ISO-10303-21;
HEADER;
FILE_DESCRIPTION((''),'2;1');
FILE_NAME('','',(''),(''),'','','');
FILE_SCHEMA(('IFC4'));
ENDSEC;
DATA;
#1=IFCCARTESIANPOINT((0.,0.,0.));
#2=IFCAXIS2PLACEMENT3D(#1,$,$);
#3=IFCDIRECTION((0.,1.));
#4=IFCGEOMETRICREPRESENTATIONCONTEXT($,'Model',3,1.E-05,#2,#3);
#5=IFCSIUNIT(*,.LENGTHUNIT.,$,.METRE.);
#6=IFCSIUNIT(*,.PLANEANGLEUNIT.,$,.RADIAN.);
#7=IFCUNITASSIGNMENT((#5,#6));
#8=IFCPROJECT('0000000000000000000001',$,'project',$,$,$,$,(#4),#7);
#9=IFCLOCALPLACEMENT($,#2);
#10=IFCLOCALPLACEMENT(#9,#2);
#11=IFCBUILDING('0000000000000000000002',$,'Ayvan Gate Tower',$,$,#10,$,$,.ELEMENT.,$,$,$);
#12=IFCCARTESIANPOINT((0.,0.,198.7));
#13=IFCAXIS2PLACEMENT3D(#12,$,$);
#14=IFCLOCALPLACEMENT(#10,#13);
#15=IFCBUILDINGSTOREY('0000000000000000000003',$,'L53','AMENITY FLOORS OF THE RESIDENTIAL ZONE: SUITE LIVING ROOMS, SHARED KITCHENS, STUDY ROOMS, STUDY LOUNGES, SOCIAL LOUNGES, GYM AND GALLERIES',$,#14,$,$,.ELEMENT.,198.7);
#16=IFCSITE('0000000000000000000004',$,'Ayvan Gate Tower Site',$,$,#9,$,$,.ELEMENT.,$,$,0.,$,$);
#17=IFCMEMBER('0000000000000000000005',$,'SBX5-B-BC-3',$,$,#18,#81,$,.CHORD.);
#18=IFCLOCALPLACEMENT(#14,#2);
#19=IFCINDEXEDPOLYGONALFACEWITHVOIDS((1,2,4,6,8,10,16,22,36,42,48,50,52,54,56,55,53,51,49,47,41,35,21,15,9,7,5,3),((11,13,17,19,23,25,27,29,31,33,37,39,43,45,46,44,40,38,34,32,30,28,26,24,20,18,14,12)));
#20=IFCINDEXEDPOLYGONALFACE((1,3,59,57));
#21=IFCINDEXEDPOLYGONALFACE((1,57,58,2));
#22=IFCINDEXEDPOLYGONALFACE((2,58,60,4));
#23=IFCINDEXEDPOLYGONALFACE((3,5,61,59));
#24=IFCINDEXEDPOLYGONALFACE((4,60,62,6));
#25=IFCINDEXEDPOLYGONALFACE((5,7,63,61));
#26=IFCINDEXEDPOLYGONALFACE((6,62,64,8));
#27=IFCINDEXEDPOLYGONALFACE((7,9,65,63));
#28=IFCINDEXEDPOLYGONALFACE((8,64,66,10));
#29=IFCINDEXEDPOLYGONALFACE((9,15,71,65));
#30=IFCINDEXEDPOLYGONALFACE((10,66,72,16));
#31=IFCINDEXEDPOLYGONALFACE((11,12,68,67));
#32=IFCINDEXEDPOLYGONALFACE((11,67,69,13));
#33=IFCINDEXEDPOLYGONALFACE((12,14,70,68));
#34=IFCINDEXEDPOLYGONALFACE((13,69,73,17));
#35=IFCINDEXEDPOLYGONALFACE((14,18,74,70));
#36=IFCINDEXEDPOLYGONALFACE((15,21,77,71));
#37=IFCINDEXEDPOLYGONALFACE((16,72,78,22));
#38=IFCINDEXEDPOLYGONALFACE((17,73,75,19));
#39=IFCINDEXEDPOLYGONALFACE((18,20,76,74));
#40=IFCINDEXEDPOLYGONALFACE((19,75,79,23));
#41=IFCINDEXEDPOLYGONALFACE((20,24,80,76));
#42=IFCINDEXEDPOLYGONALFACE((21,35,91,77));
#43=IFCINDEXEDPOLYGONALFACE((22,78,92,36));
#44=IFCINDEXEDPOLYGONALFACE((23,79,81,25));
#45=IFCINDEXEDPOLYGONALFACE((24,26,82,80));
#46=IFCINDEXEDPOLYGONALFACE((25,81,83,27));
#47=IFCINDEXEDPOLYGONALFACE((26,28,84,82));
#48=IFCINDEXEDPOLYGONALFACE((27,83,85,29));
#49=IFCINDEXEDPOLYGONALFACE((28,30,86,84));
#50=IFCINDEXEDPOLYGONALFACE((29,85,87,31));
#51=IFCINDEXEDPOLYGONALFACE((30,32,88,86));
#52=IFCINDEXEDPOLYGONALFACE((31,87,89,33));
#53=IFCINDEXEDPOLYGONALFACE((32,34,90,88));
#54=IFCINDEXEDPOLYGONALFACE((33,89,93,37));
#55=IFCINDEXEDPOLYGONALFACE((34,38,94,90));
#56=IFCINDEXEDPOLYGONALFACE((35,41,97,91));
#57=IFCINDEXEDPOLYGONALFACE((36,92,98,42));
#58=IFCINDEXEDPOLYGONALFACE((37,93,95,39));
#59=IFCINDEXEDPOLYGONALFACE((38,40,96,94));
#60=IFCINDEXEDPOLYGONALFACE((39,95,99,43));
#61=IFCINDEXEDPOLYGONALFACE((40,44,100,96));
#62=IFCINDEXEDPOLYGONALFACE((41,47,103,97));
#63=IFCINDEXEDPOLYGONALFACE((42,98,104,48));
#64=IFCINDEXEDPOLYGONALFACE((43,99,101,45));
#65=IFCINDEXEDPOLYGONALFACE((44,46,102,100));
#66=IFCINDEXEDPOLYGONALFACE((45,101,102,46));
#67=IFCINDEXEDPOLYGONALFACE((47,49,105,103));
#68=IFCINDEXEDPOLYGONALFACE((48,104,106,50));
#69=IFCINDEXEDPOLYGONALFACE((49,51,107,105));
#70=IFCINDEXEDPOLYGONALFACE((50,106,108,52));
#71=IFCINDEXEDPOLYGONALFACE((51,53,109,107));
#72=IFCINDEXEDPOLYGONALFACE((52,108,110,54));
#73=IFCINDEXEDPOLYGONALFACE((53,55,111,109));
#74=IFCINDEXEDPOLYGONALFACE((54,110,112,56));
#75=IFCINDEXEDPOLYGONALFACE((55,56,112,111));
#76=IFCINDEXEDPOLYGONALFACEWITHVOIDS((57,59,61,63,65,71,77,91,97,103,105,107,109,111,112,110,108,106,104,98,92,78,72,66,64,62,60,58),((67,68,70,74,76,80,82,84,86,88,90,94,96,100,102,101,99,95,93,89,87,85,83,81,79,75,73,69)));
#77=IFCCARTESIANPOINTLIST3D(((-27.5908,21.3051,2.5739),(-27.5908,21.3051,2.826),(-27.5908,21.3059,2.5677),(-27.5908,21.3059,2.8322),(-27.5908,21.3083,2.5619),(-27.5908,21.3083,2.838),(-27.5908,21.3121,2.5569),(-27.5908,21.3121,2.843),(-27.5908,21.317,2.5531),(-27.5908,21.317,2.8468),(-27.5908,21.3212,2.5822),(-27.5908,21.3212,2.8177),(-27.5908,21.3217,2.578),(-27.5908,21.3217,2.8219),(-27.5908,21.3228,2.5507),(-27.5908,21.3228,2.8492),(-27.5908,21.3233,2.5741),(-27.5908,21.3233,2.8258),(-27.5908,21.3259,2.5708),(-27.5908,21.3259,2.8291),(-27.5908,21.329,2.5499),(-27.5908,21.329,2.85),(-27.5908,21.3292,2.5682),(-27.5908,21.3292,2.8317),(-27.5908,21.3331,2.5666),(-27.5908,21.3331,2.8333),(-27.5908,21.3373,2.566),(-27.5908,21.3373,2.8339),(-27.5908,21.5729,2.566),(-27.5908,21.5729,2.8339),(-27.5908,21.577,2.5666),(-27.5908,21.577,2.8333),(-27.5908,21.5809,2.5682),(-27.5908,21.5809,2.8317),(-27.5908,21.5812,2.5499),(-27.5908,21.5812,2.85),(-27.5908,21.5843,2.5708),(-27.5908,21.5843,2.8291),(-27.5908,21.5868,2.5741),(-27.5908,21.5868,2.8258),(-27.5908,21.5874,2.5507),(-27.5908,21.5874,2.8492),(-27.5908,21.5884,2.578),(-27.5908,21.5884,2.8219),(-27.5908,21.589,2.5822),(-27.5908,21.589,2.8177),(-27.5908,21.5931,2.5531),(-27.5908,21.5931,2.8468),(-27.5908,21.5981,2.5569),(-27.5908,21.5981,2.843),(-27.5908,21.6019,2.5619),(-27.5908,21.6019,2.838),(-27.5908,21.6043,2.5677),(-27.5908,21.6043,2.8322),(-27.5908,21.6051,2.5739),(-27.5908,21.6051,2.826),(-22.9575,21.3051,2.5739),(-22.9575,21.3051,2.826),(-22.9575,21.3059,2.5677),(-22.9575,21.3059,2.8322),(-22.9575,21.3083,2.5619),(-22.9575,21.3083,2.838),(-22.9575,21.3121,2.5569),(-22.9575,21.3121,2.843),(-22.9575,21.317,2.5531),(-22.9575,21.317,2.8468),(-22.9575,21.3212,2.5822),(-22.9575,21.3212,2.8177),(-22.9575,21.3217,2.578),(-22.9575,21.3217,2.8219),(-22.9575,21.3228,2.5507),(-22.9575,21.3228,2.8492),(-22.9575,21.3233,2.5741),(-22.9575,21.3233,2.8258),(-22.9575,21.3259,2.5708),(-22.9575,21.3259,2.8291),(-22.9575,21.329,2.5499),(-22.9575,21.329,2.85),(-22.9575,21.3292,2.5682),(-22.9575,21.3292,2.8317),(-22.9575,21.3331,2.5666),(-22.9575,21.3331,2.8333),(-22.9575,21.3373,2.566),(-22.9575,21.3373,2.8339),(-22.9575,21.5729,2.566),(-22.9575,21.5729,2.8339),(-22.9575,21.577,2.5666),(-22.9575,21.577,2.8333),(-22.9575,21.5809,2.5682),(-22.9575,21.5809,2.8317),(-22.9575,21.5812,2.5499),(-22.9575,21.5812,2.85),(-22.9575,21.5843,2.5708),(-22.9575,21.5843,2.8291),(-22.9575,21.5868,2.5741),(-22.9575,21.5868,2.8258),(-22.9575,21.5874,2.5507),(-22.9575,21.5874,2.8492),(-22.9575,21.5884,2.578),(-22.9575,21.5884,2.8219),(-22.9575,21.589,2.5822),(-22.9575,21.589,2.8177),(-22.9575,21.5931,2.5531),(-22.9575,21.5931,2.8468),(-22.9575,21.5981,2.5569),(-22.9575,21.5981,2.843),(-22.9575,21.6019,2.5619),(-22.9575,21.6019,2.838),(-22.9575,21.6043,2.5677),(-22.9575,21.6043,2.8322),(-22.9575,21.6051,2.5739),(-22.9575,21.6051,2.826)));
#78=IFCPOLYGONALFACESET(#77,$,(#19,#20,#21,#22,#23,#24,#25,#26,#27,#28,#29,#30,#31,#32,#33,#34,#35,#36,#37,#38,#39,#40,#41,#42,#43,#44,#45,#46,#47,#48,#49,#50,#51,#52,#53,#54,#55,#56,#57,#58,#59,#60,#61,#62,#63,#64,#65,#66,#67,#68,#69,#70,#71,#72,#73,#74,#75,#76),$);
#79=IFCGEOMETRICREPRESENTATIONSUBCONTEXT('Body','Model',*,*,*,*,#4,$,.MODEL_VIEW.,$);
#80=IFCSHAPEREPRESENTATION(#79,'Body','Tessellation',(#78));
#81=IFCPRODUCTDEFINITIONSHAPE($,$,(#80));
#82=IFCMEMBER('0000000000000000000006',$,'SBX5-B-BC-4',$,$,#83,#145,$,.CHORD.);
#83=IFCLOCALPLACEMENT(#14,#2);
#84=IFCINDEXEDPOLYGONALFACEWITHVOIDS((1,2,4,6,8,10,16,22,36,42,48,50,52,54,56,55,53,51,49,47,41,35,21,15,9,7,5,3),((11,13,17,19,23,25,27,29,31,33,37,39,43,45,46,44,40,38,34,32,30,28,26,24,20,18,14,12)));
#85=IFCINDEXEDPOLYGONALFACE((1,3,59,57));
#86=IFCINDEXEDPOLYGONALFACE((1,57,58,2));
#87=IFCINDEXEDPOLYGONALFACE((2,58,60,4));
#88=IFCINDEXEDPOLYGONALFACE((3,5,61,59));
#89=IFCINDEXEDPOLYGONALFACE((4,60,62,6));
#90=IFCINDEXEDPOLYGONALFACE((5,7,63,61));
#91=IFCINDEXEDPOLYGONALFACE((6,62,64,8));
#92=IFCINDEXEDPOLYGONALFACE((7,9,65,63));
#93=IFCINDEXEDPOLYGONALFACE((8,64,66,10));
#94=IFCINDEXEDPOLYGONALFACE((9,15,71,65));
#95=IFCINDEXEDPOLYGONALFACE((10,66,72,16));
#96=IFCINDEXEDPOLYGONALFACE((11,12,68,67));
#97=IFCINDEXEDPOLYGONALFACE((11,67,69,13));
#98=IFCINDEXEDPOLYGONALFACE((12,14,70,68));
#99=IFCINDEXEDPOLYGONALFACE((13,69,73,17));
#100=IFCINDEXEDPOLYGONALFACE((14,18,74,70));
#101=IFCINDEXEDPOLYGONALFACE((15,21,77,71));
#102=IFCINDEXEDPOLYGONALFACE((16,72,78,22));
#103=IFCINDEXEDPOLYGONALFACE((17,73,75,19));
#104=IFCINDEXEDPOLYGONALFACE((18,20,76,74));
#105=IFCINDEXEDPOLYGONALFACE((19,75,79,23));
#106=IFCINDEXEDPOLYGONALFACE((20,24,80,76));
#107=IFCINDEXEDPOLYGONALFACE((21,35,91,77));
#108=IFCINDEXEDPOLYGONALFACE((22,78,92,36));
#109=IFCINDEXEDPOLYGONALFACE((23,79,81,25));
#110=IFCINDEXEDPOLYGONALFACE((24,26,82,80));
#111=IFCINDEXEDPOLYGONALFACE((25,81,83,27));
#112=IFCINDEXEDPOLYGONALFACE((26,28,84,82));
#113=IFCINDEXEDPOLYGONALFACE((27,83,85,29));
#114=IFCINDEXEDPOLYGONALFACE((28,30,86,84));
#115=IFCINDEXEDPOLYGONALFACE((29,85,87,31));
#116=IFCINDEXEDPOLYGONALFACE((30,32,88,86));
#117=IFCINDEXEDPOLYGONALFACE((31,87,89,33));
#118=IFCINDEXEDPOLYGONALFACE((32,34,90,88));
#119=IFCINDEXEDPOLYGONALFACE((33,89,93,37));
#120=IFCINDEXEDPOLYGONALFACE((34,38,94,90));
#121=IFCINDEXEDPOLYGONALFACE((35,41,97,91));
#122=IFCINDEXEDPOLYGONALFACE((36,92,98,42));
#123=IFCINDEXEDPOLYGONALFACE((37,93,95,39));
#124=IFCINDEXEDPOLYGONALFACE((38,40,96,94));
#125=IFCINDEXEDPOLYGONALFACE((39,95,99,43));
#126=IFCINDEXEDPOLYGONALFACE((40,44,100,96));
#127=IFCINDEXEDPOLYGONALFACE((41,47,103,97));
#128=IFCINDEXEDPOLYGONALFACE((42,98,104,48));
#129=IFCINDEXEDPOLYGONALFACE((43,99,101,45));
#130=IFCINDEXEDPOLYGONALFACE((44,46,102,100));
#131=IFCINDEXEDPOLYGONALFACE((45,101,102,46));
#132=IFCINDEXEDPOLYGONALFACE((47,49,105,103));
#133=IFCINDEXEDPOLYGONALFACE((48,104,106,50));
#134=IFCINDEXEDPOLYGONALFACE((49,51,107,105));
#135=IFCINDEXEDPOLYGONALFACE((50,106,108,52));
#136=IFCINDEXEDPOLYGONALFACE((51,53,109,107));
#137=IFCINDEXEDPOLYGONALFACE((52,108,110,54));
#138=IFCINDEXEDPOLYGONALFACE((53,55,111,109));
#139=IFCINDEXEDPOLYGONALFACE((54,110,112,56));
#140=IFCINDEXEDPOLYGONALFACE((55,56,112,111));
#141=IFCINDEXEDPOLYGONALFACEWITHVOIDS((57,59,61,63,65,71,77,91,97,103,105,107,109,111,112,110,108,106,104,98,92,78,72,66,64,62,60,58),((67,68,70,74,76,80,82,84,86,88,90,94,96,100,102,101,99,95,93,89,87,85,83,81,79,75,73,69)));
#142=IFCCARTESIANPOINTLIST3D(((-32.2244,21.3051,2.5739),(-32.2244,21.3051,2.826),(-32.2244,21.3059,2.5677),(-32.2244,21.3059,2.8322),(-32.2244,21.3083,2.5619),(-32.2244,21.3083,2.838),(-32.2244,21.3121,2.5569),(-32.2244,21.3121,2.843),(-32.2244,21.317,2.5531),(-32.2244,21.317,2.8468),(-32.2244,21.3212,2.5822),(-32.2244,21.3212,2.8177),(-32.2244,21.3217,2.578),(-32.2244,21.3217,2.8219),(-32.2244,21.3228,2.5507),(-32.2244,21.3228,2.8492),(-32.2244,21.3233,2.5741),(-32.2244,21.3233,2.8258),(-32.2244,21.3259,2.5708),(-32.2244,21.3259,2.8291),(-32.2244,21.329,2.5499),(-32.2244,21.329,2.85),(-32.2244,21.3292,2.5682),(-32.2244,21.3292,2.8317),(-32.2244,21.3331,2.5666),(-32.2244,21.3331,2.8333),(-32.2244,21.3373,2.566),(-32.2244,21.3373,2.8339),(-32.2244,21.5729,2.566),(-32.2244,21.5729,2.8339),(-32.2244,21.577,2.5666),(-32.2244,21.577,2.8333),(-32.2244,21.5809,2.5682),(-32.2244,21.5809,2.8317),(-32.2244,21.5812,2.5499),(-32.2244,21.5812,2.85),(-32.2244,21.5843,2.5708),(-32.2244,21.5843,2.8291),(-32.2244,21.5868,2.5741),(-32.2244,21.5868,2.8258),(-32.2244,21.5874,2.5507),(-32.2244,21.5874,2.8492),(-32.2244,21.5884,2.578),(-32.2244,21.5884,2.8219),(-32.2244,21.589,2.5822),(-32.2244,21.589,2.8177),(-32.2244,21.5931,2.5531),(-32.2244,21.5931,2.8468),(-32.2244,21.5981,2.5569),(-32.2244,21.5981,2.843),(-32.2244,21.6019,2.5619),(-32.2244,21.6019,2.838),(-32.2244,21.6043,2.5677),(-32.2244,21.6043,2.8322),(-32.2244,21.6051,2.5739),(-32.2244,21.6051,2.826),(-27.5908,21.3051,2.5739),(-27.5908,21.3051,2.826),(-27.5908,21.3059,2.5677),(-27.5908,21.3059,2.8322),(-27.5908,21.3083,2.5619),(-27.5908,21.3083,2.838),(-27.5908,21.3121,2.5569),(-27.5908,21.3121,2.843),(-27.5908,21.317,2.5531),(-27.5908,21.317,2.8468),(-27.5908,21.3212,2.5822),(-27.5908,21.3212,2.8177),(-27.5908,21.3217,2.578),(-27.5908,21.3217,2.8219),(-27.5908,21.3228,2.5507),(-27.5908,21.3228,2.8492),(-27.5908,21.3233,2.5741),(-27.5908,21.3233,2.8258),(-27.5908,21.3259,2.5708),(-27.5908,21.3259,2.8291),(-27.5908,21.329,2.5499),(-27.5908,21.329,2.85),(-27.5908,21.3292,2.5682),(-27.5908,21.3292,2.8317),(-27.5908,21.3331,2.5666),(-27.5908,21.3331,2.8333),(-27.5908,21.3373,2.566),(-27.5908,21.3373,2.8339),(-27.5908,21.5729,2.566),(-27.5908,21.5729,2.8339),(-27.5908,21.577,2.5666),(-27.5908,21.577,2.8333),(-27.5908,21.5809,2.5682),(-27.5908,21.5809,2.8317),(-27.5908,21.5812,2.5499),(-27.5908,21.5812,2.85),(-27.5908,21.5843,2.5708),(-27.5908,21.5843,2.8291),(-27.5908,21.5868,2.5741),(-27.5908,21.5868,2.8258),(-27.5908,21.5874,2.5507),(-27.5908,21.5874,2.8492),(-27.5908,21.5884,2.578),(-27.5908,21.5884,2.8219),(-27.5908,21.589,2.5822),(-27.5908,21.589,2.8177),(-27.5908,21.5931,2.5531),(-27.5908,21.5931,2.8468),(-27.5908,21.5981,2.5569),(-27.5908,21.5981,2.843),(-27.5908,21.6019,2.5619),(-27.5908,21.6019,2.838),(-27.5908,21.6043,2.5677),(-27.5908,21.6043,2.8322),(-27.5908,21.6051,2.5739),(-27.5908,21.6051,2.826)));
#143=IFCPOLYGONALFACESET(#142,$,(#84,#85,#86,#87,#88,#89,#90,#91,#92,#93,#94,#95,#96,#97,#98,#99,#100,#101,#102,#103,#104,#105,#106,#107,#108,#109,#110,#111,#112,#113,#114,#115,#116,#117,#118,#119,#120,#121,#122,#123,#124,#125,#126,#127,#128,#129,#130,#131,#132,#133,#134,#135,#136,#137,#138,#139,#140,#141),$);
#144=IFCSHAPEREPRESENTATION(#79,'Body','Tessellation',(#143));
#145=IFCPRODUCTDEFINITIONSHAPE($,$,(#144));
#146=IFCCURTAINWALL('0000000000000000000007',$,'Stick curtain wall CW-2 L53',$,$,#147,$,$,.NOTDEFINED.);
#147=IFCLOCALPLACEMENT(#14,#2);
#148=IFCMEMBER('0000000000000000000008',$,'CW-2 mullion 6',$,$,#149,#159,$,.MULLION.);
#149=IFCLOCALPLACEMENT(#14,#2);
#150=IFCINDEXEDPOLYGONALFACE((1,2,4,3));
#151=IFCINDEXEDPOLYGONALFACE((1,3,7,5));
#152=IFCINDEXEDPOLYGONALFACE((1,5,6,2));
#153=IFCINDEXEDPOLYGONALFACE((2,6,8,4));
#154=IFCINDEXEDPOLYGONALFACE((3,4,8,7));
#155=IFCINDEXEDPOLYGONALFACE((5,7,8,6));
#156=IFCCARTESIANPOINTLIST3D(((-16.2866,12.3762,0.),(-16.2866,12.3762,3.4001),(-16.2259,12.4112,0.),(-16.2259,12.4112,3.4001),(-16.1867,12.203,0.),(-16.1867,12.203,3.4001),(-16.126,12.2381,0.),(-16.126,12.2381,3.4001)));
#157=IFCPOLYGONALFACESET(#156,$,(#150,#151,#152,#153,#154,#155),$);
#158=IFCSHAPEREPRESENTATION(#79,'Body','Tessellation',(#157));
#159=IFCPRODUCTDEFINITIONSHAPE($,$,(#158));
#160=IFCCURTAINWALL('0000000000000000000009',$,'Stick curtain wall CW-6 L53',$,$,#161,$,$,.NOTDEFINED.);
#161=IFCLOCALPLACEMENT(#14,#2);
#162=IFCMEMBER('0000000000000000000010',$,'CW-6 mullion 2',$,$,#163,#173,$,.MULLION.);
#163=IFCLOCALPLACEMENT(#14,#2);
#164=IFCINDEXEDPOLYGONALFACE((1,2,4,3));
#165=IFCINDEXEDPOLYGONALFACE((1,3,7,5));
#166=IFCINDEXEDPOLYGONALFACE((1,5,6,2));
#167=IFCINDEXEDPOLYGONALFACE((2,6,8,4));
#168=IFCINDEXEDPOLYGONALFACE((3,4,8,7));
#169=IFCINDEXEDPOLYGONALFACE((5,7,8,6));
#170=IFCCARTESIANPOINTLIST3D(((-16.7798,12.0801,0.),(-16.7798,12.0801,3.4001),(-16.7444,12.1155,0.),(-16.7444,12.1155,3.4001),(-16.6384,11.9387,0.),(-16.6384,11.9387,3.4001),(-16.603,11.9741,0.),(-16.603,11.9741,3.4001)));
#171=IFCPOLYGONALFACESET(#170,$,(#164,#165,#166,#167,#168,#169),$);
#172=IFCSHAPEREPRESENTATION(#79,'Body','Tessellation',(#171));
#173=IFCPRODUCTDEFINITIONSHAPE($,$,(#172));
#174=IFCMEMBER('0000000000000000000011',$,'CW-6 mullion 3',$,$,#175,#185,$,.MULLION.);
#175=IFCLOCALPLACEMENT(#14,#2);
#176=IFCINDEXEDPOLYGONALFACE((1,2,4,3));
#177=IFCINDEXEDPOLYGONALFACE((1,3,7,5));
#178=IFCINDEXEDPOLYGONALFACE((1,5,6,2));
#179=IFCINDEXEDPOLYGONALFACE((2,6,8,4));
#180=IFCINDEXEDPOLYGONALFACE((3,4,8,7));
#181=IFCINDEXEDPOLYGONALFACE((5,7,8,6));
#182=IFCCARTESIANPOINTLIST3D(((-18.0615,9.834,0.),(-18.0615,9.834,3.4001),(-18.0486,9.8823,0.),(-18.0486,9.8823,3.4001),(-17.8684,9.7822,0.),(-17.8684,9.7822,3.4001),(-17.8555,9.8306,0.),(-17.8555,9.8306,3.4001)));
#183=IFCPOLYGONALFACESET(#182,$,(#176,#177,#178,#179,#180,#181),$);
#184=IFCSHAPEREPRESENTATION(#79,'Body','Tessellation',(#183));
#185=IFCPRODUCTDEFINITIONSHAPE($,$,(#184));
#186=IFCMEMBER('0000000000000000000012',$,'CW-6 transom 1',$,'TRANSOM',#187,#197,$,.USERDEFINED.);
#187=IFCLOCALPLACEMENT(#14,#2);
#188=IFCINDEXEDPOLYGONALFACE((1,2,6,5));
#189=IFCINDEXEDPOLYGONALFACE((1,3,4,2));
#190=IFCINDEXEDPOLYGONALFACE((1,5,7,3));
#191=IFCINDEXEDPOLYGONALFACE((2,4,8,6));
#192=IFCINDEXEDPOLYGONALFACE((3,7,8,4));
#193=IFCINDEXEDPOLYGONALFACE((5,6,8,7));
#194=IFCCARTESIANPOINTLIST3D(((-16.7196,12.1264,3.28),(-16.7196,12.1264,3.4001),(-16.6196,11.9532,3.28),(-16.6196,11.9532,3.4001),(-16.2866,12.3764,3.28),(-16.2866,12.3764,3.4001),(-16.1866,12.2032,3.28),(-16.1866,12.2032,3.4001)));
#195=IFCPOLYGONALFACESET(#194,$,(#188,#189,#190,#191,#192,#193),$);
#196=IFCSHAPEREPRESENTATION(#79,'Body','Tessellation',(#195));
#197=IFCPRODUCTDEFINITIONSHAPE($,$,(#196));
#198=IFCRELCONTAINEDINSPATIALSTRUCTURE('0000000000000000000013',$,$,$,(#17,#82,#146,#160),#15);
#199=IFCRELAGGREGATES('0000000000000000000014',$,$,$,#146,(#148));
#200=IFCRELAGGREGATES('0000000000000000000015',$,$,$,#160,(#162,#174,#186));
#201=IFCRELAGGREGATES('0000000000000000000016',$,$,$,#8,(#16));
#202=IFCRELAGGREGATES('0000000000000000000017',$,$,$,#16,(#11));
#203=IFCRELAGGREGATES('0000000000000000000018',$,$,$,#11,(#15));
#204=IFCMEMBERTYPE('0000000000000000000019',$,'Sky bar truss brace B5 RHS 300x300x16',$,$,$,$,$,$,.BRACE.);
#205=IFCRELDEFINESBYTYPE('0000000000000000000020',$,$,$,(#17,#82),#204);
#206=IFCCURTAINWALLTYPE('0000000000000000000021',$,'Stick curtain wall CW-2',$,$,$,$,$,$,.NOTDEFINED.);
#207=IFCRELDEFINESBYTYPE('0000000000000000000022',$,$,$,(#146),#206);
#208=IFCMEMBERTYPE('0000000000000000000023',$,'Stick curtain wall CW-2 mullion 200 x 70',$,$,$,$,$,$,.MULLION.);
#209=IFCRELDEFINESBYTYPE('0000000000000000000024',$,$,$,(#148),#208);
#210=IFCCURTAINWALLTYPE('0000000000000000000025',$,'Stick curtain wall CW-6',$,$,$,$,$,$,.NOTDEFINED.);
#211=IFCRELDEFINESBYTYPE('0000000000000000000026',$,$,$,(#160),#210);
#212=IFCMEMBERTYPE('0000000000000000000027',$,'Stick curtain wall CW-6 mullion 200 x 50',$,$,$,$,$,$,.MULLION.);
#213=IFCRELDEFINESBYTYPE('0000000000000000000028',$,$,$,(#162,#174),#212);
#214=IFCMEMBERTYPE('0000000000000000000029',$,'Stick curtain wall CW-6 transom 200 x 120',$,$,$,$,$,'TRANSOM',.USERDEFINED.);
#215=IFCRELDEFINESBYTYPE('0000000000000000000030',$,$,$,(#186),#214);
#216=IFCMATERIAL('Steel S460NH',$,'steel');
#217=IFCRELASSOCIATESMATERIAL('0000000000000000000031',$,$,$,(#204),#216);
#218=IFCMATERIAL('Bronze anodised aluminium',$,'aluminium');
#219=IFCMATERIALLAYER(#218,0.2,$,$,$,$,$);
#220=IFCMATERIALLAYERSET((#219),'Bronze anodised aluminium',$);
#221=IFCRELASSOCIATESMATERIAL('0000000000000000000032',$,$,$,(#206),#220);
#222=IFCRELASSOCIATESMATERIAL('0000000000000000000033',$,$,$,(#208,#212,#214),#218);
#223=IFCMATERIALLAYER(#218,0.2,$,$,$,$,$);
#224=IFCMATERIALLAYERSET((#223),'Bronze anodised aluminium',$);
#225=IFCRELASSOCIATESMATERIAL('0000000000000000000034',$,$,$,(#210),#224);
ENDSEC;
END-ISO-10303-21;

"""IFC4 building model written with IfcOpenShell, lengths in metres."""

from ifc_helpers import new_model, si_unit, direction, frame, origin, origin_2d, place, context, subcontext, project, spatial, rectangle, hollow_rectangle, extrude, material, layer, layer_set, material_profile, profile_set, type_object, element, aggregate, save


model = new_model("IFC4")

# Units and contexts
model_context = context("Model", 3, precision=1e-05, world=origin(), true_north=direction((0.0, 1.0)))
body_context = subcontext(model_context, "Body", "Model", "MODEL_VIEW")
ifc_project = project(units=[si_unit("LENGTHUNIT", "METRE"), si_unit("PLANEANGLEUNIT", "RADIAN")], contexts=[model_context])

# Site, building, storey
site_placement = place(None, origin())
site = spatial("IfcSite", under=ifc_project, at=site_placement, Name="Ayvan Gate Tower Site", CompositionType="ELEMENT", RefElevation=0.0)
building_placement = place(site_placement, origin())
building = spatial("IfcBuilding", under=site, at=building_placement, Name="Ayvan Gate Tower", CompositionType="ELEMENT")
storey_placement = place(building_placement, frame((0.0, 0.0, 198.7)))
storey = spatial("IfcBuildingStorey", under=building, at=storey_placement, Name="L53", Description="AMENITY FLOORS OF THE RESIDENTIAL ZONE: SUITE LIVING ROOMS, SHARED KITCHENS, STUDY ROOMS, STUDY LOUNGES, SOCIAL LOUNGES, GYM AND GALLERIES", CompositionType="ELEMENT", Elevation=198.7)

# Members
ifc_material_1 = material(Name="Steel S460NH", Category="steel")
ifc_material_profile_1 = material_profile(ifc_material_1, hollow_rectangle(XDim=0.3, YDim=0.3, WallThickness=0.0161, InnerFilletRadius=0.0161, OuterFilletRadius=0.0239, at=origin_2d()), Name="RHS 300x300x16")
ifc_profile_set_1 = profile_set([ifc_material_profile_1], Name="Steel S460NH")
member_type_1 = type_object("IfcMemberType", Name="Sky bar truss brace B5 RHS 300x300x16", PredefinedType="BRACE", material=ifc_profile_set_1)
for number, where, z_axis, x_axis, name in (
    (1, (-22.9575, 21.4551, 2.7), (-1.0, 0.0, 0.0), (0.0, -1.0, 0.0), "SBX5-B-BC-3"),
):
    element("IfcMember", number, at=place(storey_placement, frame(where, z_axis=z_axis, x_axis=x_axis)), inside=storey, type_object=member_type_1, Name=name, PredefinedType="CHORD", context=body_context, shape_type="SweptSolid", body=[
        extrude(hollow_rectangle(XDim=0.3, YDim=0.3, WallThickness=0.0161, InnerFilletRadius=0.0161, OuterFilletRadius=0.0239, at=origin_2d()), origin(), (0.0, 0.0, 1.0), 4.6333),
    ])
member_1_placement = place(storey_placement, frame((-27.5908, 21.4551, 2.7), z_axis=(-1.0, 0.0, 0.0), x_axis=(0.0, -1.0, 0.0)))
element("IfcMember", 2, at=member_1_placement, inside=storey, type_object=member_type_1, Name="SBX5-B-BC-4", PredefinedType="CHORD", context=body_context, shape_type="SweptSolid", body=[
    extrude(hollow_rectangle(XDim=0.3, YDim=0.3, WallThickness=0.0161, InnerFilletRadius=0.0161, OuterFilletRadius=0.0239, at=origin_2d()), origin(), (0.0, 0.0, 1.0), 4.6335),
])

# Curtain wall, member
ifc_material_2 = material(Name="Bronze anodised aluminium", Category="aluminium")
ifc_layer_1 = layer(ifc_material_2, 0.2)
ifc_layer_set_1 = layer_set([ifc_layer_1], Name="Bronze anodised aluminium")
curtain_wall_type_1 = type_object("IfcCurtainWallType", Name="Stick curtain wall CW-2", PredefinedType="NOTDEFINED", material=ifc_layer_set_1)
curtain_wall_1_placement = place(storey_placement, origin())
curtain_wall_1 = element("IfcCurtainWall", 3, at=curtain_wall_1_placement, inside=storey, type_object=curtain_wall_type_1, Name="Stick curtain wall CW-2 L53", PredefinedType="NOTDEFINED")
ifc_material_profile_2 = material_profile(ifc_material_2, rectangle(XDim=0.2, YDim=0.0701, at=origin_2d()), Name="Stick curtain wall CW-2 mullion 200 x 70")
ifc_profile_set_2 = profile_set([ifc_material_profile_2], Name="Bronze anodised aluminium")
member_type_2 = type_object("IfcMemberType", Name="Stick curtain wall CW-2 mullion 200 x 70", PredefinedType="MULLION", material=ifc_profile_set_2)
member_2_placement = place(storey_placement, frame((-16.2063, 12.3071, 0.0), z_axis=(0.0, 0.0, 1.0), x_axis=(-0.5, 0.866025, 0.0)))
member_2 = element("IfcMember", 4, at=member_2_placement, type_object=member_type_2, Name="CW-2 mullion 6", PredefinedType="MULLION", context=body_context, shape_type="SweptSolid", body=[
    extrude(rectangle(XDim=0.2, YDim=0.0701, at=origin_2d()), origin(), (0.0, 0.0, 1.0), 3.4001),
])

# Curtain wall, members
ifc_layer_2 = layer(ifc_material_2, 0.2)
ifc_layer_set_2 = layer_set([ifc_layer_2], Name="Bronze anodised aluminium")
curtain_wall_type_2 = type_object("IfcCurtainWallType", Name="Stick curtain wall CW-6", PredefinedType="NOTDEFINED", material=ifc_layer_set_2)
curtain_wall_2_placement = place(storey_placement, origin())
curtain_wall_2 = element("IfcCurtainWall", 5, at=curtain_wall_2_placement, inside=storey, type_object=curtain_wall_type_2, Name="Stick curtain wall CW-6 L53", PredefinedType="NOTDEFINED")
ifc_material_profile_3 = material_profile(ifc_material_2, rectangle(XDim=0.2, YDim=0.05, at=origin_2d()), Name="Stick curtain wall CW-6 mullion 200 x 50")
ifc_profile_set_3 = profile_set([ifc_material_profile_3], Name="Bronze anodised aluminium")
member_type_3 = type_object("IfcMemberType", Name="Stick curtain wall CW-6 mullion 200 x 50", PredefinedType="MULLION", material=ifc_profile_set_3)
member_3_placement = place(storey_placement, frame((-16.6914, 12.0271, 0.0), z_axis=(0.0, 0.0, 1.0), x_axis=(-0.707107, 0.707107, 0.0)))
member_3 = element("IfcMember", 6, at=member_3_placement, type_object=member_type_3, Name="CW-6 mullion 2", PredefinedType="MULLION", context=body_context, shape_type="SweptSolid", body=[
    extrude(rectangle(XDim=0.2, YDim=0.05, at=origin_2d()), origin(), (0.0, 0.0, 1.0), 3.4001),
])
member_4_placement = place(storey_placement, frame((-17.9585, 9.8323, 0.0), z_axis=(0.0, 0.0, 1.0), x_axis=(-0.965926, 0.258819, 0.0)))
member_4 = element("IfcMember", 7, at=member_4_placement, type_object=member_type_3, Name="CW-6 mullion 3", PredefinedType="MULLION", context=body_context, shape_type="SweptSolid", body=[
    extrude(rectangle(XDim=0.2, YDim=0.05, at=origin_2d()), origin(), (0.0, 0.0, 1.0), 3.4001),
])
ifc_material_profile_4 = material_profile(ifc_material_2, rectangle(XDim=0.2, YDim=0.1201, at=origin_2d()), Name="Stick curtain wall CW-6 transom 200 x 120")
ifc_profile_set_4 = profile_set([ifc_material_profile_4], Name="Bronze anodised aluminium")
member_type_4 = type_object("IfcMemberType", Name="Stick curtain wall CW-6 transom 200 x 120", ElementType="TRANSOM", PredefinedType="USERDEFINED", material=ifc_profile_set_4)
member_5_placement = place(storey_placement, frame((-16.2366, 12.2898, 3.3401), z_axis=(-0.866072, -0.49992, 0.0), x_axis=(0.49992, -0.866072, 0.0)))
member_5 = element("IfcMember", 8, at=member_5_placement, type_object=member_type_4, Name="CW-6 transom 1", ObjectType="TRANSOM", PredefinedType="USERDEFINED", context=body_context, shape_type="SweptSolid", body=[
    extrude(rectangle(XDim=0.2, YDim=0.1201, at=origin_2d()), origin(), (0.0, 0.0, 1.0), 0.5),
])

aggregate(curtain_wall_1, [member_2])
aggregate(curtain_wall_2, [member_3, member_4, member_5])

save(model, "model.ifc")
